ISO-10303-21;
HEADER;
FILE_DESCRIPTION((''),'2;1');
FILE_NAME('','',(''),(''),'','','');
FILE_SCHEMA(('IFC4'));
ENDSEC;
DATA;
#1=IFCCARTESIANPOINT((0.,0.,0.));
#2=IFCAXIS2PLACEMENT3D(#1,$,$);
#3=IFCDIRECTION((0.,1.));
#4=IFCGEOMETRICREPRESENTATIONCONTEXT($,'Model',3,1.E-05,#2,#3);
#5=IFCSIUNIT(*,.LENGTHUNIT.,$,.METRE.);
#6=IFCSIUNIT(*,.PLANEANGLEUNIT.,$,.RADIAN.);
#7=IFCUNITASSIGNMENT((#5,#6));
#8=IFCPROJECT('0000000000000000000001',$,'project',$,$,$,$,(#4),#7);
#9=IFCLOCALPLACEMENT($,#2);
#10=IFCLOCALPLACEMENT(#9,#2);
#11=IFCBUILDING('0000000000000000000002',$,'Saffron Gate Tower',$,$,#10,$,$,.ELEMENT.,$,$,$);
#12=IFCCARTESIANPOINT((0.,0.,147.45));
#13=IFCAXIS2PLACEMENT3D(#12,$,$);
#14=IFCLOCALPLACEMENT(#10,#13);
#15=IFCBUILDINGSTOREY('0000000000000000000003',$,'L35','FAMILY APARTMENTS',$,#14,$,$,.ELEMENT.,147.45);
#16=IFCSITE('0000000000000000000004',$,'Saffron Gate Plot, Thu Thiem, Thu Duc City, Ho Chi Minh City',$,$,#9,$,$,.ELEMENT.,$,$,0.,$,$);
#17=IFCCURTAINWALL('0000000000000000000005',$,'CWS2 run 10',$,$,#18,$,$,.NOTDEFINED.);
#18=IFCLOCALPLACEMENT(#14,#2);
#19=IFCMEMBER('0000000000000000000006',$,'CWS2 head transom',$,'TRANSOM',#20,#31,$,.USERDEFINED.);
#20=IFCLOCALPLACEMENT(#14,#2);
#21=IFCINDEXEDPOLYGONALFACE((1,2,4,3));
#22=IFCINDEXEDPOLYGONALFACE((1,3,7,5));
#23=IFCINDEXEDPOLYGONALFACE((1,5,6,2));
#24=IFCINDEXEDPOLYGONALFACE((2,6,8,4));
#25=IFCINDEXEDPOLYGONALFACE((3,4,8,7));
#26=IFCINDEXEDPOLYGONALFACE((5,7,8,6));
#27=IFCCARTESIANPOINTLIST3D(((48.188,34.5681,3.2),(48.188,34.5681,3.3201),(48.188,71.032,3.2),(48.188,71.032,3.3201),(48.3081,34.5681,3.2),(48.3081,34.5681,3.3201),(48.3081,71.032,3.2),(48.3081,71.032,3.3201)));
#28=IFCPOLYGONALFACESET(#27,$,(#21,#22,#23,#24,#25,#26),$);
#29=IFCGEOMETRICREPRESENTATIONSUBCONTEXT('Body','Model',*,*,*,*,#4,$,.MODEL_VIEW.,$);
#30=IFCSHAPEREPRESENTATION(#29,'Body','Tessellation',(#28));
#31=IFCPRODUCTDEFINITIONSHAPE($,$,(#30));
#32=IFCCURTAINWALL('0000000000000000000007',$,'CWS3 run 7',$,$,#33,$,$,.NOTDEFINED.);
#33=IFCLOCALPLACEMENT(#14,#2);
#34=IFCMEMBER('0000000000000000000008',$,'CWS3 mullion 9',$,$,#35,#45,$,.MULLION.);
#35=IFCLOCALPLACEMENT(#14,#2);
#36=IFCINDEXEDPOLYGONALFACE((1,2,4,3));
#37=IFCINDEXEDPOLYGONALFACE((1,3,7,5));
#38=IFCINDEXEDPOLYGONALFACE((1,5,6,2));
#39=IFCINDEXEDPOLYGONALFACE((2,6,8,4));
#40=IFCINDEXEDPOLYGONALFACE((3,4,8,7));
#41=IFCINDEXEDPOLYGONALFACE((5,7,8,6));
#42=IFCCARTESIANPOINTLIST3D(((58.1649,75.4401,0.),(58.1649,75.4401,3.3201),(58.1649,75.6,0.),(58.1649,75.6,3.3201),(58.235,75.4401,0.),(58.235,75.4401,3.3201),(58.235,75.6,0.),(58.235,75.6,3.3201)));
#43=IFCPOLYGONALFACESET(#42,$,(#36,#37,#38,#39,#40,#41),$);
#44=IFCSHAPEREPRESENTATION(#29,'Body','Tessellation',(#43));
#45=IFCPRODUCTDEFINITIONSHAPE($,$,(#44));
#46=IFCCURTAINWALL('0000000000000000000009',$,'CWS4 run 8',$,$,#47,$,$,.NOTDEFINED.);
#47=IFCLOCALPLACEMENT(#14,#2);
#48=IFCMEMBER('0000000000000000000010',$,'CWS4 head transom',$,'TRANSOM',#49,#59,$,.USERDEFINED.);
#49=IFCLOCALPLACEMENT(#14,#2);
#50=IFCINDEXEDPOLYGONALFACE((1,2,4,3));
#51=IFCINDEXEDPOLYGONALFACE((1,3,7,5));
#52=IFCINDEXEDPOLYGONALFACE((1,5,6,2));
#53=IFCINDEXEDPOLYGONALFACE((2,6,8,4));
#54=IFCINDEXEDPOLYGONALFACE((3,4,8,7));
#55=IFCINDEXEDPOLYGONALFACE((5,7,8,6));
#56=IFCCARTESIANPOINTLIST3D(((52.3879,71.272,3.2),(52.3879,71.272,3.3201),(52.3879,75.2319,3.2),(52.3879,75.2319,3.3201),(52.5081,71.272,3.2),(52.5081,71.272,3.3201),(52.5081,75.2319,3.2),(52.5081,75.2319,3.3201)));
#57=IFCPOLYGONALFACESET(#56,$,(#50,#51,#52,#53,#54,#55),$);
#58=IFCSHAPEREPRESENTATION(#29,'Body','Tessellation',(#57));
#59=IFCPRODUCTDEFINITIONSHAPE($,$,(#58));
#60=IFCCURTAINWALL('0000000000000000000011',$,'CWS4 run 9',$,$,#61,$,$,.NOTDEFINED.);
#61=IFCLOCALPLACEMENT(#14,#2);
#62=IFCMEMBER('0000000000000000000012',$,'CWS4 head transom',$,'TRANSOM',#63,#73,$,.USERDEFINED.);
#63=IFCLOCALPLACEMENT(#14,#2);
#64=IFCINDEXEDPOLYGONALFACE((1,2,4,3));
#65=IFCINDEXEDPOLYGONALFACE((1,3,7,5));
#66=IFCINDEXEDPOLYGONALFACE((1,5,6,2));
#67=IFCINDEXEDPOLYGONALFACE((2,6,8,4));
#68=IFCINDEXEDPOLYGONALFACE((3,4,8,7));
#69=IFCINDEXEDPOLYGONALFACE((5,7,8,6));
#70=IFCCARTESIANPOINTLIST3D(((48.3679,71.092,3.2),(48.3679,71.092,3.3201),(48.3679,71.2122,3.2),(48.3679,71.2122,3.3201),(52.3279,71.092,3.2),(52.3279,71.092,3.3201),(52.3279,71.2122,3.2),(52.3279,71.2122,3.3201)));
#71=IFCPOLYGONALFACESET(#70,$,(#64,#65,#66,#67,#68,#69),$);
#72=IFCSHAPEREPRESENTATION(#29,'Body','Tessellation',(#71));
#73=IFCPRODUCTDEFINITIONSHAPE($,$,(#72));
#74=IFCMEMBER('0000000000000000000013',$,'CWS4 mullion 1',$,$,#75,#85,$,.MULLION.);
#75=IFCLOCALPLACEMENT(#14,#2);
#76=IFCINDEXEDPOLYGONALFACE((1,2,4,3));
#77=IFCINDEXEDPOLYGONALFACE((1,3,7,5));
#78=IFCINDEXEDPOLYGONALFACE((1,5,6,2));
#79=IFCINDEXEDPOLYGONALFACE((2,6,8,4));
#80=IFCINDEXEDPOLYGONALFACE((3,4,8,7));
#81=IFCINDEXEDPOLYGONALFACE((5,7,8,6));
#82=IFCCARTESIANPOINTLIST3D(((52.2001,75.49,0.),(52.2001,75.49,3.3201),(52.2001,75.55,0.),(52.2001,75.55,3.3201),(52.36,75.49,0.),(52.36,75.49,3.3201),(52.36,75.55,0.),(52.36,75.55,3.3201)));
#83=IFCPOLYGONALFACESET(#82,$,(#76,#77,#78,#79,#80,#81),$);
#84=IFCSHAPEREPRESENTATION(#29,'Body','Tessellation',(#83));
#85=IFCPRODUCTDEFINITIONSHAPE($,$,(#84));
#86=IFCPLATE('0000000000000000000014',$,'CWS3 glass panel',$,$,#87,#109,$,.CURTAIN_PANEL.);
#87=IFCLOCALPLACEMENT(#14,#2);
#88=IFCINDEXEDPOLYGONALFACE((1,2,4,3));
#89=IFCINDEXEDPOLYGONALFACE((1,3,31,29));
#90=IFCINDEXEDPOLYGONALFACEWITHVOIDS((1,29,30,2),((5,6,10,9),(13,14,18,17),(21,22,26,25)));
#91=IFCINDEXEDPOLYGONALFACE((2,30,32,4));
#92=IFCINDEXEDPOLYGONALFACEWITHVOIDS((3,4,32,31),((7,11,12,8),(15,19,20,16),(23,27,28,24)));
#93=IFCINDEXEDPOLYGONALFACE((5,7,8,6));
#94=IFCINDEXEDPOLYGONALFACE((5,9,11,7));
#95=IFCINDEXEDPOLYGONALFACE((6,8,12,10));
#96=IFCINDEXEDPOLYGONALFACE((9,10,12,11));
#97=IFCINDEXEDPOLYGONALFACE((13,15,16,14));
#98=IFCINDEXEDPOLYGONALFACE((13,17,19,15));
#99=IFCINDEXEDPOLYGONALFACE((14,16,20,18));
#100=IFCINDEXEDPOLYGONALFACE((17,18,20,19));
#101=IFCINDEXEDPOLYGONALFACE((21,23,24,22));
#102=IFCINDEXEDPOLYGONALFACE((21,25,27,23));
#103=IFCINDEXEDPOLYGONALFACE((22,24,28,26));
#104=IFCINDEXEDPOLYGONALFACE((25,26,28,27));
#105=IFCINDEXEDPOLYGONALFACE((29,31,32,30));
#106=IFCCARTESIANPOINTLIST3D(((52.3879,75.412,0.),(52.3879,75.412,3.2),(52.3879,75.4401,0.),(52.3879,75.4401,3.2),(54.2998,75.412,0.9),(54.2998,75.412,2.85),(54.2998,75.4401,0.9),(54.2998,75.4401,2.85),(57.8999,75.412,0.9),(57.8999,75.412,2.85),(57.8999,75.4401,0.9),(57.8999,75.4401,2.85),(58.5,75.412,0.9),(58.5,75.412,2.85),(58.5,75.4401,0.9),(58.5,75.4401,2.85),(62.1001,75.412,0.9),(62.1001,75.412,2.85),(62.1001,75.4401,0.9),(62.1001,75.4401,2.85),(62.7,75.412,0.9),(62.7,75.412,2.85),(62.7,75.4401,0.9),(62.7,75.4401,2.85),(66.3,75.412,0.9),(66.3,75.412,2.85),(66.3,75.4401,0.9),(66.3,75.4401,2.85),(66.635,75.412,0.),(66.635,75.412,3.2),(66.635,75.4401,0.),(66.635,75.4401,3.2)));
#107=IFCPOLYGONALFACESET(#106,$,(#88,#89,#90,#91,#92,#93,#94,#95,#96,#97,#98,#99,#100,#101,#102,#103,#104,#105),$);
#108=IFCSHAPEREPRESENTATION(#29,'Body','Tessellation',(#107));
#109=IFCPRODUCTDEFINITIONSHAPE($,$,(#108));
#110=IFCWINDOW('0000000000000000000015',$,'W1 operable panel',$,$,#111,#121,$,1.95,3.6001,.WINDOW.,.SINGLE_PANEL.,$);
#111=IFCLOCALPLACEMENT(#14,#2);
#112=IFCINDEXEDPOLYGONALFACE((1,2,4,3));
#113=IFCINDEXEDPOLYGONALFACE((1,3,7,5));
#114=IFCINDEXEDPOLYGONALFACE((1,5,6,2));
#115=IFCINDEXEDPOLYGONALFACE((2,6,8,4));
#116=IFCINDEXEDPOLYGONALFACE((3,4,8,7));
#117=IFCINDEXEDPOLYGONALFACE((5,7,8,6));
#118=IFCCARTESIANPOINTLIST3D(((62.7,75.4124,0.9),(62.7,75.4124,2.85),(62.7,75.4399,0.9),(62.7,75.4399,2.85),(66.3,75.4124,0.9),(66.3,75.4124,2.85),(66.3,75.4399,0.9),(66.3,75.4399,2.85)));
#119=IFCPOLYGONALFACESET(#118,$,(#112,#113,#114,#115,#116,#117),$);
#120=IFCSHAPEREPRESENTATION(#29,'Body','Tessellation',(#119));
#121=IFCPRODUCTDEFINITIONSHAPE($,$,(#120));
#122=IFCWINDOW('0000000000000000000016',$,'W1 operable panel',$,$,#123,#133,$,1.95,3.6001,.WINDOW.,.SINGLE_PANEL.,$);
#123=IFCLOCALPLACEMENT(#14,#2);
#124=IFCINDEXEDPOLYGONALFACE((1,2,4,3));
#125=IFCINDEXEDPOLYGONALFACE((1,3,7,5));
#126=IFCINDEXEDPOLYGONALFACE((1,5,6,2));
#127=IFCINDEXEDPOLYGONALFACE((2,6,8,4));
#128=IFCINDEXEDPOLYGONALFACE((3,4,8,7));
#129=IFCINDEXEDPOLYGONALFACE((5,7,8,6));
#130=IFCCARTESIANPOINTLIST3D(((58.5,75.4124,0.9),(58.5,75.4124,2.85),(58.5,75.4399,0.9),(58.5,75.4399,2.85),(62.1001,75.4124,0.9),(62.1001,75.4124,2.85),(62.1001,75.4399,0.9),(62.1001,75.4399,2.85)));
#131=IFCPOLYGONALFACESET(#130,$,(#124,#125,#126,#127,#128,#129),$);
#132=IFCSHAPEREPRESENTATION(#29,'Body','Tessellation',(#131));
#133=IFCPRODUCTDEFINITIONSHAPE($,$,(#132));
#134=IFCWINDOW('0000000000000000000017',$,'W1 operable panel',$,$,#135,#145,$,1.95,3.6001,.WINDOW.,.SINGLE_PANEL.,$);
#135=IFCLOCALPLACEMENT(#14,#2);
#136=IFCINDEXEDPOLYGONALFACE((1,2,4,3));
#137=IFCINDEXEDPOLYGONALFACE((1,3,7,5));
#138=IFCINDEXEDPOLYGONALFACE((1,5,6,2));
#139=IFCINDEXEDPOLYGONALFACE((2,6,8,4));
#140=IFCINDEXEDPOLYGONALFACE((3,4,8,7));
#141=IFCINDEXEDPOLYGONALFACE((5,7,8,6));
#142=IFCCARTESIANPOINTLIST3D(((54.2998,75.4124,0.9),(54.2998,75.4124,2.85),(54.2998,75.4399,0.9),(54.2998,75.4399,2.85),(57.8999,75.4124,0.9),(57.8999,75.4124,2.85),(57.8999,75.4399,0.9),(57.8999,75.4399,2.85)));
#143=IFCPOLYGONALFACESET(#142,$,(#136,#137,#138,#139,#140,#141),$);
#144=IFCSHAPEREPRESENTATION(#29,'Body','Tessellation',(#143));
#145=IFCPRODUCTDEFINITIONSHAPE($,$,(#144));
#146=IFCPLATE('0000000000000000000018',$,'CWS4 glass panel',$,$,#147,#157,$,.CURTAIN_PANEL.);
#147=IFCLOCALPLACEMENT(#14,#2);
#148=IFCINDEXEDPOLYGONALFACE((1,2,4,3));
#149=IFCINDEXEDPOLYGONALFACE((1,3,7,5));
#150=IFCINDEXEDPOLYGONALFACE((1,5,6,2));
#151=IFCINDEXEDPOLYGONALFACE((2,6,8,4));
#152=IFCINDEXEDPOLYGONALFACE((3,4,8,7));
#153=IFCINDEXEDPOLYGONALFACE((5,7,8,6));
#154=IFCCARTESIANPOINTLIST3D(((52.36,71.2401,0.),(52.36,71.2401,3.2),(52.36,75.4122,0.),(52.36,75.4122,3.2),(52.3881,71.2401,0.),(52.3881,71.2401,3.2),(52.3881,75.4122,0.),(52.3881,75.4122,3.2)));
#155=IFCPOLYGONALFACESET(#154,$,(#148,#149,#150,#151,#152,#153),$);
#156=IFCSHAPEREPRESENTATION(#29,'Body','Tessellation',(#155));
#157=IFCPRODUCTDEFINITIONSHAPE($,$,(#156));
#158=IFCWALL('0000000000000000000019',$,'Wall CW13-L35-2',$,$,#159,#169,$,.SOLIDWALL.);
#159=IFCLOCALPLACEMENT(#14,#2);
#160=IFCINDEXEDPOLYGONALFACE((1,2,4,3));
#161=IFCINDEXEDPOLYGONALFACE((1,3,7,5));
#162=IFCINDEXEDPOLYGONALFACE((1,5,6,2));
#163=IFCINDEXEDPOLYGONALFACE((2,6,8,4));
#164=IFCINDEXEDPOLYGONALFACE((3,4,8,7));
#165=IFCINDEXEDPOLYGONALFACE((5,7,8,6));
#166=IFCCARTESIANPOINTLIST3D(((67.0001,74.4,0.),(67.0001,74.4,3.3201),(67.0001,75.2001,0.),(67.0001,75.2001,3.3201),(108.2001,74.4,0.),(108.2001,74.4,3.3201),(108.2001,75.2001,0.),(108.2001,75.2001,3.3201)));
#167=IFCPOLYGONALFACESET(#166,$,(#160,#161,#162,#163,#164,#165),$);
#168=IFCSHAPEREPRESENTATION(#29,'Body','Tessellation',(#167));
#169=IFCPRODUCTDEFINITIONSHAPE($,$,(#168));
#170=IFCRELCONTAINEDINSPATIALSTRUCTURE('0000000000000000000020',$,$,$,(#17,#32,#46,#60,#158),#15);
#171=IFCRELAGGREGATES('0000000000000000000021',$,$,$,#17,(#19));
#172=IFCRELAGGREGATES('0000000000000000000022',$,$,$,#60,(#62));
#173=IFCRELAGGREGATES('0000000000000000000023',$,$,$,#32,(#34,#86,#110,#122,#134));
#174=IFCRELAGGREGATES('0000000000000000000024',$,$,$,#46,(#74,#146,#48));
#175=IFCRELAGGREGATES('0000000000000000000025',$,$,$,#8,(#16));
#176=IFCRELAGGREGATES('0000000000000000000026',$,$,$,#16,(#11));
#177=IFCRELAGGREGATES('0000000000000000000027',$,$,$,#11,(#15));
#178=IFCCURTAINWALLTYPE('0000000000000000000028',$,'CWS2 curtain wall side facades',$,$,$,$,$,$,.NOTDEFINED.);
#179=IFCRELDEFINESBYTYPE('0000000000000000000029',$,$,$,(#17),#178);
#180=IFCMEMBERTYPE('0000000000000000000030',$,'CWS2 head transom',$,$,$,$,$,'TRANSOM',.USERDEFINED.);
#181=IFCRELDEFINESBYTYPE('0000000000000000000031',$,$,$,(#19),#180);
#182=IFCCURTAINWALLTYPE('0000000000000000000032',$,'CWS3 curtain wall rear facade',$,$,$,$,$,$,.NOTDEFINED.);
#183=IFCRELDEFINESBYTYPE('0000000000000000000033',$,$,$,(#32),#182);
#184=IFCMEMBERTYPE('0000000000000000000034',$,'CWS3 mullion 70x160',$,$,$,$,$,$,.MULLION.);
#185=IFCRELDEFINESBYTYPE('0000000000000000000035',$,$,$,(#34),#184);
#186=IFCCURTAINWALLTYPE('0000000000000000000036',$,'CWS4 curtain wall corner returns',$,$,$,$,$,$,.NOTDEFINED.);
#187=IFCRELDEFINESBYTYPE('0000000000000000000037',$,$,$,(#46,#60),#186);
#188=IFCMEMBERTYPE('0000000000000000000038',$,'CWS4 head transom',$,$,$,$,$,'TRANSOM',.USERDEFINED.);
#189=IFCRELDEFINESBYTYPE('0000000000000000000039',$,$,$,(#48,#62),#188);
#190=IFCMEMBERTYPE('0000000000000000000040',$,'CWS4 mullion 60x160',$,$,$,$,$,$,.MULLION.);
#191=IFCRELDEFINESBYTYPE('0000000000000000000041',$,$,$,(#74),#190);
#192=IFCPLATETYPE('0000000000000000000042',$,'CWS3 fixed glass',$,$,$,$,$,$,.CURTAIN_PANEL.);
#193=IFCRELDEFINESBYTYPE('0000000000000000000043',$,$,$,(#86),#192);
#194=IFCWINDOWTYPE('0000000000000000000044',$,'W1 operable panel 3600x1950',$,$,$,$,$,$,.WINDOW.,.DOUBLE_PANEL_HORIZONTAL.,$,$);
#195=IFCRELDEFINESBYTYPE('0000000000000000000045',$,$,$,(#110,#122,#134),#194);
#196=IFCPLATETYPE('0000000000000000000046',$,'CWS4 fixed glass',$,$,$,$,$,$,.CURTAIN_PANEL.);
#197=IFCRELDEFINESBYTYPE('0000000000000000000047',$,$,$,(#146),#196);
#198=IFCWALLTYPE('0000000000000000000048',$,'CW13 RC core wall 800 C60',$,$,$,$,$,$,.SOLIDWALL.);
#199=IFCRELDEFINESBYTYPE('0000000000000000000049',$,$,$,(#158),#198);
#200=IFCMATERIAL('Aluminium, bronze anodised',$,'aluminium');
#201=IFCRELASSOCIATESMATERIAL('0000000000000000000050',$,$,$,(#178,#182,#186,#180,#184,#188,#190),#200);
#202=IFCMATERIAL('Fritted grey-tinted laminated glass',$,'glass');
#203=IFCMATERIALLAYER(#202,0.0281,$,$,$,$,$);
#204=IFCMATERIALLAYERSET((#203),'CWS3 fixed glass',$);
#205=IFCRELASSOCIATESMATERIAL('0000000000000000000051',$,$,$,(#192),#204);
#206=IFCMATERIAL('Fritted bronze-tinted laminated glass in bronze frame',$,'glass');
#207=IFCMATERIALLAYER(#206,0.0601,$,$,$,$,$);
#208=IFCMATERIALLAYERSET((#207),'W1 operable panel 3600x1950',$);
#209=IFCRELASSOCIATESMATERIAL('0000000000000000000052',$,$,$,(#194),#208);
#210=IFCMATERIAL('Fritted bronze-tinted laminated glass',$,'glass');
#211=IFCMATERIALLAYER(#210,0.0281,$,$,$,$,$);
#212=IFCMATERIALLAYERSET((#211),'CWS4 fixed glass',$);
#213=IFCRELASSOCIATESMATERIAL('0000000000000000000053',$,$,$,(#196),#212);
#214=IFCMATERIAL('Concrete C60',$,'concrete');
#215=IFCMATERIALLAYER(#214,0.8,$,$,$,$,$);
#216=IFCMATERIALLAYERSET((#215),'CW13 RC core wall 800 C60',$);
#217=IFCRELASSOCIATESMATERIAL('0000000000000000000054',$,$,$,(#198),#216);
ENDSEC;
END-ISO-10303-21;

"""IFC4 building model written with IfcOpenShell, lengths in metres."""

from ifc_helpers import new_model, si_unit, direction, frame, frame_2d, origin, origin_2d, place, context, subcontext, project, spatial, rectangle, extrude, material, layer, layer_set, material_profile, profile_set, type_object, element, fill, aggregate, save


model = new_model("IFC4")

# Units and contexts
model_context = context("Model", 3, precision=1e-05, world=origin(), true_north=direction((0.0, 1.0)))
body_context = subcontext(model_context, "Body", "Model", "MODEL_VIEW")
ifc_project = project(units=[si_unit("LENGTHUNIT", "METRE"), si_unit("PLANEANGLEUNIT", "RADIAN")], contexts=[model_context])

# Site, building, storey
site_placement = place(None, origin())
site = spatial("IfcSite", under=ifc_project, at=site_placement, Name="Saffron Gate Plot, Thu Thiem, Thu Duc City, Ho Chi Minh City", CompositionType="ELEMENT", RefElevation=0.0)
building_placement = place(site_placement, origin())
building = spatial("IfcBuilding", under=site, at=building_placement, Name="Saffron Gate Tower", CompositionType="ELEMENT")
storey_placement = place(building_placement, frame((0.0, 0.0, 147.45)))
storey = spatial("IfcBuildingStorey", under=building, at=storey_placement, Name="L35", Description="FAMILY APARTMENTS", CompositionType="ELEMENT", Elevation=147.45)

# Curtain walls, members
ifc_material_1 = material(Name="Aluminium, bronze anodised", Category="aluminium")
curtain_wall_type_1 = type_object("IfcCurtainWallType", Name="CWS2 curtain wall side facades", PredefinedType="NOTDEFINED", material=ifc_material_1)
curtain_wall_1_placement = place(storey_placement, origin())
curtain_wall_1 = element("IfcCurtainWall", 1, at=curtain_wall_1_placement, inside=storey, type_object=curtain_wall_type_1, Name="CWS2 run 10", PredefinedType="NOTDEFINED")
ifc_material_profile_1 = material_profile(ifc_material_1, rectangle(XDim=0.1201, YDim=0.1201, at=origin_2d()))
ifc_profile_set_1 = profile_set([ifc_material_profile_1], Name="Aluminium, bronze anodised")
member_type_1 = type_object("IfcMemberType", Name="CWS2 head transom", ElementType="TRANSOM", PredefinedType="USERDEFINED", material=ifc_profile_set_1)
member_1_placement = place(storey_placement, frame((48.248, 71.032, 3.26), z_axis=(0.0, -1.0, 0.0), x_axis=(1.0, 0.0, 0.0)))
member_1 = element("IfcMember", 2, at=member_1_placement, type_object=member_type_1, Name="CWS2 head transom", ObjectType="TRANSOM", PredefinedType="USERDEFINED", context=body_context, shape_type="SweptSolid", body=[
    extrude(rectangle(XDim=0.1201, YDim=0.1201, at=origin_2d()), origin(), (0.0, 0.0, 1.0), 36.4639),
])
aggregate(curtain_wall_1, [member_1])
curtain_wall_type_2 = type_object("IfcCurtainWallType", Name="CWS3 curtain wall rear facade", PredefinedType="NOTDEFINED", material=ifc_material_1)
curtain_wall_2_placement = place(storey_placement, origin())
curtain_wall_2 = element("IfcCurtainWall", 3, at=curtain_wall_2_placement, inside=storey, type_object=curtain_wall_type_2, Name="CWS3 run 7", PredefinedType="NOTDEFINED")
ifc_material_profile_2 = material_profile(ifc_material_1, rectangle(XDim=0.1599, YDim=0.0701, at=origin_2d()))
ifc_profile_set_2 = profile_set([ifc_material_profile_2], Name="Aluminium, bronze anodised")
member_type_2 = type_object("IfcMemberType", Name="CWS3 mullion 70x160", PredefinedType="MULLION", material=ifc_profile_set_2)
member_2_placement = place(storey_placement, frame((58.2, 75.52, 0.0), z_axis=(0.0, 0.0, 1.0), x_axis=(0.0, -1.0, 0.0)))
member_2 = element("IfcMember", 4, at=member_2_placement, type_object=member_type_2, Name="CWS3 mullion 9", PredefinedType="MULLION", context=body_context, shape_type="SweptSolid", body=[
    extrude(rectangle(XDim=0.1599, YDim=0.0701, at=origin_2d()), origin(), (0.0, 0.0, 1.0), 3.3201),
])
curtain_wall_type_3 = type_object("IfcCurtainWallType", Name="CWS4 curtain wall corner returns", PredefinedType="NOTDEFINED", material=ifc_material_1)
curtain_wall_3_placement = place(storey_placement, origin())
curtain_wall_3 = element("IfcCurtainWall", 5, at=curtain_wall_3_placement, inside=storey, type_object=curtain_wall_type_3, Name="CWS4 run 8", PredefinedType="NOTDEFINED")
ifc_material_profile_3 = material_profile(ifc_material_1, rectangle(XDim=0.1201, YDim=0.1201, at=origin_2d()))
ifc_profile_set_3 = profile_set([ifc_material_profile_3], Name="Aluminium, bronze anodised")
member_type_3 = type_object("IfcMemberType", Name="CWS4 head transom", ElementType="TRANSOM", PredefinedType="USERDEFINED", material=ifc_profile_set_3)
member_3_placement = place(storey_placement, frame((52.448, 75.2319, 3.26), z_axis=(0.0, -1.0, 0.0), x_axis=(1.0, 0.0, 0.0)))
member_3 = element("IfcMember", 6, at=member_3_placement, type_object=member_type_3, Name="CWS4 head transom", ObjectType="TRANSOM", PredefinedType="USERDEFINED", context=body_context, shape_type="SweptSolid", body=[
    extrude(rectangle(XDim=0.1201, YDim=0.1201, at=origin_2d()), origin(), (0.0, 0.0, 1.0), 3.96),
])
curtain_wall_4_placement = place(storey_placement, origin())
curtain_wall_4 = element("IfcCurtainWall", 7, at=curtain_wall_4_placement, inside=storey, type_object=curtain_wall_type_3, Name="CWS4 run 9", PredefinedType="NOTDEFINED")
member_4_placement = place(storey_placement, frame((52.3279, 71.1521, 3.26), z_axis=(-1.0, 0.0, 0.0), x_axis=(0.0, -1.0, 0.0)))
member_4 = element("IfcMember", 8, at=member_4_placement, type_object=member_type_3, Name="CWS4 head transom", ObjectType="TRANSOM", PredefinedType="USERDEFINED", context=body_context, shape_type="SweptSolid", body=[
    extrude(rectangle(XDim=0.1201, YDim=0.1201, at=origin_2d()), origin(), (0.0, 0.0, 1.0), 3.96),
])
aggregate(curtain_wall_4, [member_4])

# Member
ifc_material_profile_4 = material_profile(ifc_material_1, rectangle(XDim=0.1599, YDim=0.0601, at=origin_2d()))
ifc_profile_set_4 = profile_set([ifc_material_profile_4], Name="Aluminium, bronze anodised")
member_type_4 = type_object("IfcMemberType", Name="CWS4 mullion 60x160", PredefinedType="MULLION", material=ifc_profile_set_4)
member_5_placement = place(storey_placement, frame((52.28, 75.52, 0.0), z_axis=(0.0, 0.0, 1.0), x_axis=(1.0, 0.0, 0.0)))
member_5 = element("IfcMember", 9, at=member_5_placement, type_object=member_type_4, Name="CWS4 mullion 1", PredefinedType="MULLION", context=body_context, shape_type="SweptSolid", body=[
    extrude(rectangle(XDim=0.1599, YDim=0.0601, at=origin_2d()), origin(), (0.0, 0.0, 1.0), 3.3201),
])

# Plate, openings, windows
ifc_material_2 = material(Name="Fritted grey-tinted laminated glass", Category="glass")
ifc_layer_1 = layer(ifc_material_2, 0.0281)
ifc_layer_set_1 = layer_set([ifc_layer_1], Name="CWS3 fixed glass")
plate_type_1 = type_object("IfcPlateType", Name="CWS3 fixed glass", PredefinedType="CURTAIN_PANEL", material=ifc_layer_set_1)
plate_1_placement = place(storey_placement, frame((66.635, 75.426, 0.0), z_axis=(0.0, 0.0, 1.0), x_axis=(-1.0, 0.0, 0.0)))
plate_1 = element("IfcPlate", 10, at=plate_1_placement, type_object=plate_type_1, Name="CWS3 glass panel", PredefinedType="CURTAIN_PANEL", context=body_context, shape_type="SweptSolid", body=[
    extrude(rectangle(XDim=14.2471, YDim=0.0281, at=frame_2d((7.1235, 0.0))), origin(), (0.0, 0.0, 1.0), 3.2),
])
opening_1_placement = place(plate_1_placement, frame((0.335, 0.0, 0.8999)))
opening_1 = element("IfcOpeningElement", 11, at=opening_1_placement, cuts=plate_1, PredefinedType="OPENING", context=body_context, shape_type="SweptSolid", body=[
    extrude(rectangle(XDim=3.6001, YDim=1.95, at=frame_2d((1.8, 0.9751))), frame((0.0, 0.0239, 0.0), z_axis=(0.0, -1.0, 0.0), x_axis=(1.0, 0.0, 0.0)), (0.0, 0.0, 1.0), 0.0481),
])
opening_2_placement = place(plate_1_placement, frame((4.5349, 0.0, 0.8999)))
opening_2 = element("IfcOpeningElement", 12, at=opening_2_placement, cuts=plate_1, PredefinedType="OPENING", context=body_context, shape_type="SweptSolid", body=[
    extrude(rectangle(XDim=3.6001, YDim=1.95, at=frame_2d((1.8, 0.9751))), frame((0.0, 0.0239, 0.0), z_axis=(0.0, -1.0, 0.0), x_axis=(1.0, 0.0, 0.0)), (0.0, 0.0, 1.0), 0.0481),
])
opening_3_placement = place(plate_1_placement, frame((8.7351, 0.0, 0.8999)))
opening_3 = element("IfcOpeningElement", 13, at=opening_3_placement, cuts=plate_1, PredefinedType="OPENING", context=body_context, shape_type="SweptSolid", body=[
    extrude(rectangle(XDim=3.6001, YDim=1.95, at=frame_2d((1.8, 0.9751))), frame((0.0, 0.0239, 0.0), z_axis=(0.0, -1.0, 0.0), x_axis=(1.0, 0.0, 0.0)), (0.0, 0.0, 1.0), 0.0481),
])
ifc_material_3 = material(Name="Fritted bronze-tinted laminated glass in bronze frame", Category="glass")
ifc_layer_2 = layer(ifc_material_3, 0.0601)
ifc_layer_set_2 = layer_set([ifc_layer_2], Name="W1 operable panel 3600x1950")
window_type = type_object("IfcWindowType", Name="W1 operable panel 3600x1950", PartitioningType="DOUBLE_PANEL_HORIZONTAL", PredefinedType="WINDOW", material=ifc_layer_set_2)
window_1_placement = place(opening_1_placement, origin())
window_1 = element("IfcWindow", 14, at=window_1_placement, type_object=window_type, Name="W1 operable panel", OverallHeight=1.95, OverallWidth=3.6001, PartitioningType="SINGLE_PANEL", PredefinedType="WINDOW", context=body_context, shape_type="SweptSolid", body=[
    extrude(rectangle(XDim=3.6001, YDim=1.95, at=frame_2d((1.8, 0.9751))), frame((0.0, 0.0137, 0.0), z_axis=(0.0, -1.0, 0.0), x_axis=(1.0, 0.0, 0.0)), (0.0, 0.0, 1.0), 0.0276),
])
fill(opening_1, window_1)
window_2_placement = place(opening_2_placement, origin())
window_2 = element("IfcWindow", 15, at=window_2_placement, type_object=window_type, Name="W1 operable panel", OverallHeight=1.95, OverallWidth=3.6001, PartitioningType="SINGLE_PANEL", PredefinedType="WINDOW", context=body_context, shape_type="SweptSolid", body=[
    extrude(rectangle(XDim=3.6001, YDim=1.95, at=frame_2d((1.8, 0.9751))), frame((0.0, 0.0137, 0.0), z_axis=(0.0, -1.0, 0.0), x_axis=(1.0, 0.0, 0.0)), (0.0, 0.0, 1.0), 0.0276),
])
fill(opening_2, window_2)
window_3_placement = place(opening_3_placement, origin())
window_3 = element("IfcWindow", 16, at=window_3_placement, type_object=window_type, Name="W1 operable panel", OverallHeight=1.95, OverallWidth=3.6001, PartitioningType="SINGLE_PANEL", PredefinedType="WINDOW", context=body_context, shape_type="SweptSolid", body=[
    extrude(rectangle(XDim=3.6001, YDim=1.95, at=frame_2d((1.8, 0.9751))), frame((0.0, 0.0137, 0.0), z_axis=(0.0, -1.0, 0.0), x_axis=(1.0, 0.0, 0.0)), (0.0, 0.0, 1.0), 0.0276),
])
fill(opening_3, window_3)
aggregate(curtain_wall_2, [member_2, plate_1, window_1, window_2, window_3])

# Plate
ifc_material_4 = material(Name="Fritted bronze-tinted laminated glass", Category="glass")
ifc_layer_3 = layer(ifc_material_4, 0.0281)
ifc_layer_set_3 = layer_set([ifc_layer_3], Name="CWS4 fixed glass")
plate_type_2 = type_object("IfcPlateType", Name="CWS4 fixed glass", PredefinedType="CURTAIN_PANEL", material=ifc_layer_set_3)
plate_2_placement = place(storey_placement, frame((52.374, 75.4121, 0.0), z_axis=(0.0, 0.0, 1.0), x_axis=(0.0, -1.0, 0.0)))
plate_2 = element("IfcPlate", 17, at=plate_2_placement, type_object=plate_type_2, Name="CWS4 glass panel", PredefinedType="CURTAIN_PANEL", context=body_context, shape_type="SweptSolid", body=[
    extrude(rectangle(XDim=4.1721, YDim=0.0281, at=frame_2d((2.0859, 0.0))), origin(), (0.0, 0.0, 1.0), 3.2),
])
aggregate(curtain_wall_3, [member_5, plate_2, member_3])

# Wall
ifc_material_5 = material(Name="Concrete C60", Category="concrete")
ifc_layer_4 = layer(ifc_material_5, 0.8)
ifc_layer_set_4 = layer_set([ifc_layer_4], Name="CW13 RC core wall 800 C60")
wall_type_1 = type_object("IfcWallType", Name="CW13 RC core wall 800 C60", PredefinedType="SOLIDWALL", material=ifc_layer_set_4)
wall_1_placement = place(storey_placement, frame((67.0, 74.8, 0.0), z_axis=(0.0, 0.0, 1.0), x_axis=(1.0, 0.0, 0.0)))
element("IfcWall", 18, at=wall_1_placement, inside=storey, type_object=wall_type_1, Name="Wall CW13-L35-2", PredefinedType="SOLIDWALL", context=body_context, shape_type="SweptSolid", body=[
    extrude(rectangle(XDim=41.2, YDim=0.8, at=frame_2d((20.6001, 0.0))), origin(), (0.0, 0.0, 1.0), 3.3201),
])

save(model, "model.ifc")
